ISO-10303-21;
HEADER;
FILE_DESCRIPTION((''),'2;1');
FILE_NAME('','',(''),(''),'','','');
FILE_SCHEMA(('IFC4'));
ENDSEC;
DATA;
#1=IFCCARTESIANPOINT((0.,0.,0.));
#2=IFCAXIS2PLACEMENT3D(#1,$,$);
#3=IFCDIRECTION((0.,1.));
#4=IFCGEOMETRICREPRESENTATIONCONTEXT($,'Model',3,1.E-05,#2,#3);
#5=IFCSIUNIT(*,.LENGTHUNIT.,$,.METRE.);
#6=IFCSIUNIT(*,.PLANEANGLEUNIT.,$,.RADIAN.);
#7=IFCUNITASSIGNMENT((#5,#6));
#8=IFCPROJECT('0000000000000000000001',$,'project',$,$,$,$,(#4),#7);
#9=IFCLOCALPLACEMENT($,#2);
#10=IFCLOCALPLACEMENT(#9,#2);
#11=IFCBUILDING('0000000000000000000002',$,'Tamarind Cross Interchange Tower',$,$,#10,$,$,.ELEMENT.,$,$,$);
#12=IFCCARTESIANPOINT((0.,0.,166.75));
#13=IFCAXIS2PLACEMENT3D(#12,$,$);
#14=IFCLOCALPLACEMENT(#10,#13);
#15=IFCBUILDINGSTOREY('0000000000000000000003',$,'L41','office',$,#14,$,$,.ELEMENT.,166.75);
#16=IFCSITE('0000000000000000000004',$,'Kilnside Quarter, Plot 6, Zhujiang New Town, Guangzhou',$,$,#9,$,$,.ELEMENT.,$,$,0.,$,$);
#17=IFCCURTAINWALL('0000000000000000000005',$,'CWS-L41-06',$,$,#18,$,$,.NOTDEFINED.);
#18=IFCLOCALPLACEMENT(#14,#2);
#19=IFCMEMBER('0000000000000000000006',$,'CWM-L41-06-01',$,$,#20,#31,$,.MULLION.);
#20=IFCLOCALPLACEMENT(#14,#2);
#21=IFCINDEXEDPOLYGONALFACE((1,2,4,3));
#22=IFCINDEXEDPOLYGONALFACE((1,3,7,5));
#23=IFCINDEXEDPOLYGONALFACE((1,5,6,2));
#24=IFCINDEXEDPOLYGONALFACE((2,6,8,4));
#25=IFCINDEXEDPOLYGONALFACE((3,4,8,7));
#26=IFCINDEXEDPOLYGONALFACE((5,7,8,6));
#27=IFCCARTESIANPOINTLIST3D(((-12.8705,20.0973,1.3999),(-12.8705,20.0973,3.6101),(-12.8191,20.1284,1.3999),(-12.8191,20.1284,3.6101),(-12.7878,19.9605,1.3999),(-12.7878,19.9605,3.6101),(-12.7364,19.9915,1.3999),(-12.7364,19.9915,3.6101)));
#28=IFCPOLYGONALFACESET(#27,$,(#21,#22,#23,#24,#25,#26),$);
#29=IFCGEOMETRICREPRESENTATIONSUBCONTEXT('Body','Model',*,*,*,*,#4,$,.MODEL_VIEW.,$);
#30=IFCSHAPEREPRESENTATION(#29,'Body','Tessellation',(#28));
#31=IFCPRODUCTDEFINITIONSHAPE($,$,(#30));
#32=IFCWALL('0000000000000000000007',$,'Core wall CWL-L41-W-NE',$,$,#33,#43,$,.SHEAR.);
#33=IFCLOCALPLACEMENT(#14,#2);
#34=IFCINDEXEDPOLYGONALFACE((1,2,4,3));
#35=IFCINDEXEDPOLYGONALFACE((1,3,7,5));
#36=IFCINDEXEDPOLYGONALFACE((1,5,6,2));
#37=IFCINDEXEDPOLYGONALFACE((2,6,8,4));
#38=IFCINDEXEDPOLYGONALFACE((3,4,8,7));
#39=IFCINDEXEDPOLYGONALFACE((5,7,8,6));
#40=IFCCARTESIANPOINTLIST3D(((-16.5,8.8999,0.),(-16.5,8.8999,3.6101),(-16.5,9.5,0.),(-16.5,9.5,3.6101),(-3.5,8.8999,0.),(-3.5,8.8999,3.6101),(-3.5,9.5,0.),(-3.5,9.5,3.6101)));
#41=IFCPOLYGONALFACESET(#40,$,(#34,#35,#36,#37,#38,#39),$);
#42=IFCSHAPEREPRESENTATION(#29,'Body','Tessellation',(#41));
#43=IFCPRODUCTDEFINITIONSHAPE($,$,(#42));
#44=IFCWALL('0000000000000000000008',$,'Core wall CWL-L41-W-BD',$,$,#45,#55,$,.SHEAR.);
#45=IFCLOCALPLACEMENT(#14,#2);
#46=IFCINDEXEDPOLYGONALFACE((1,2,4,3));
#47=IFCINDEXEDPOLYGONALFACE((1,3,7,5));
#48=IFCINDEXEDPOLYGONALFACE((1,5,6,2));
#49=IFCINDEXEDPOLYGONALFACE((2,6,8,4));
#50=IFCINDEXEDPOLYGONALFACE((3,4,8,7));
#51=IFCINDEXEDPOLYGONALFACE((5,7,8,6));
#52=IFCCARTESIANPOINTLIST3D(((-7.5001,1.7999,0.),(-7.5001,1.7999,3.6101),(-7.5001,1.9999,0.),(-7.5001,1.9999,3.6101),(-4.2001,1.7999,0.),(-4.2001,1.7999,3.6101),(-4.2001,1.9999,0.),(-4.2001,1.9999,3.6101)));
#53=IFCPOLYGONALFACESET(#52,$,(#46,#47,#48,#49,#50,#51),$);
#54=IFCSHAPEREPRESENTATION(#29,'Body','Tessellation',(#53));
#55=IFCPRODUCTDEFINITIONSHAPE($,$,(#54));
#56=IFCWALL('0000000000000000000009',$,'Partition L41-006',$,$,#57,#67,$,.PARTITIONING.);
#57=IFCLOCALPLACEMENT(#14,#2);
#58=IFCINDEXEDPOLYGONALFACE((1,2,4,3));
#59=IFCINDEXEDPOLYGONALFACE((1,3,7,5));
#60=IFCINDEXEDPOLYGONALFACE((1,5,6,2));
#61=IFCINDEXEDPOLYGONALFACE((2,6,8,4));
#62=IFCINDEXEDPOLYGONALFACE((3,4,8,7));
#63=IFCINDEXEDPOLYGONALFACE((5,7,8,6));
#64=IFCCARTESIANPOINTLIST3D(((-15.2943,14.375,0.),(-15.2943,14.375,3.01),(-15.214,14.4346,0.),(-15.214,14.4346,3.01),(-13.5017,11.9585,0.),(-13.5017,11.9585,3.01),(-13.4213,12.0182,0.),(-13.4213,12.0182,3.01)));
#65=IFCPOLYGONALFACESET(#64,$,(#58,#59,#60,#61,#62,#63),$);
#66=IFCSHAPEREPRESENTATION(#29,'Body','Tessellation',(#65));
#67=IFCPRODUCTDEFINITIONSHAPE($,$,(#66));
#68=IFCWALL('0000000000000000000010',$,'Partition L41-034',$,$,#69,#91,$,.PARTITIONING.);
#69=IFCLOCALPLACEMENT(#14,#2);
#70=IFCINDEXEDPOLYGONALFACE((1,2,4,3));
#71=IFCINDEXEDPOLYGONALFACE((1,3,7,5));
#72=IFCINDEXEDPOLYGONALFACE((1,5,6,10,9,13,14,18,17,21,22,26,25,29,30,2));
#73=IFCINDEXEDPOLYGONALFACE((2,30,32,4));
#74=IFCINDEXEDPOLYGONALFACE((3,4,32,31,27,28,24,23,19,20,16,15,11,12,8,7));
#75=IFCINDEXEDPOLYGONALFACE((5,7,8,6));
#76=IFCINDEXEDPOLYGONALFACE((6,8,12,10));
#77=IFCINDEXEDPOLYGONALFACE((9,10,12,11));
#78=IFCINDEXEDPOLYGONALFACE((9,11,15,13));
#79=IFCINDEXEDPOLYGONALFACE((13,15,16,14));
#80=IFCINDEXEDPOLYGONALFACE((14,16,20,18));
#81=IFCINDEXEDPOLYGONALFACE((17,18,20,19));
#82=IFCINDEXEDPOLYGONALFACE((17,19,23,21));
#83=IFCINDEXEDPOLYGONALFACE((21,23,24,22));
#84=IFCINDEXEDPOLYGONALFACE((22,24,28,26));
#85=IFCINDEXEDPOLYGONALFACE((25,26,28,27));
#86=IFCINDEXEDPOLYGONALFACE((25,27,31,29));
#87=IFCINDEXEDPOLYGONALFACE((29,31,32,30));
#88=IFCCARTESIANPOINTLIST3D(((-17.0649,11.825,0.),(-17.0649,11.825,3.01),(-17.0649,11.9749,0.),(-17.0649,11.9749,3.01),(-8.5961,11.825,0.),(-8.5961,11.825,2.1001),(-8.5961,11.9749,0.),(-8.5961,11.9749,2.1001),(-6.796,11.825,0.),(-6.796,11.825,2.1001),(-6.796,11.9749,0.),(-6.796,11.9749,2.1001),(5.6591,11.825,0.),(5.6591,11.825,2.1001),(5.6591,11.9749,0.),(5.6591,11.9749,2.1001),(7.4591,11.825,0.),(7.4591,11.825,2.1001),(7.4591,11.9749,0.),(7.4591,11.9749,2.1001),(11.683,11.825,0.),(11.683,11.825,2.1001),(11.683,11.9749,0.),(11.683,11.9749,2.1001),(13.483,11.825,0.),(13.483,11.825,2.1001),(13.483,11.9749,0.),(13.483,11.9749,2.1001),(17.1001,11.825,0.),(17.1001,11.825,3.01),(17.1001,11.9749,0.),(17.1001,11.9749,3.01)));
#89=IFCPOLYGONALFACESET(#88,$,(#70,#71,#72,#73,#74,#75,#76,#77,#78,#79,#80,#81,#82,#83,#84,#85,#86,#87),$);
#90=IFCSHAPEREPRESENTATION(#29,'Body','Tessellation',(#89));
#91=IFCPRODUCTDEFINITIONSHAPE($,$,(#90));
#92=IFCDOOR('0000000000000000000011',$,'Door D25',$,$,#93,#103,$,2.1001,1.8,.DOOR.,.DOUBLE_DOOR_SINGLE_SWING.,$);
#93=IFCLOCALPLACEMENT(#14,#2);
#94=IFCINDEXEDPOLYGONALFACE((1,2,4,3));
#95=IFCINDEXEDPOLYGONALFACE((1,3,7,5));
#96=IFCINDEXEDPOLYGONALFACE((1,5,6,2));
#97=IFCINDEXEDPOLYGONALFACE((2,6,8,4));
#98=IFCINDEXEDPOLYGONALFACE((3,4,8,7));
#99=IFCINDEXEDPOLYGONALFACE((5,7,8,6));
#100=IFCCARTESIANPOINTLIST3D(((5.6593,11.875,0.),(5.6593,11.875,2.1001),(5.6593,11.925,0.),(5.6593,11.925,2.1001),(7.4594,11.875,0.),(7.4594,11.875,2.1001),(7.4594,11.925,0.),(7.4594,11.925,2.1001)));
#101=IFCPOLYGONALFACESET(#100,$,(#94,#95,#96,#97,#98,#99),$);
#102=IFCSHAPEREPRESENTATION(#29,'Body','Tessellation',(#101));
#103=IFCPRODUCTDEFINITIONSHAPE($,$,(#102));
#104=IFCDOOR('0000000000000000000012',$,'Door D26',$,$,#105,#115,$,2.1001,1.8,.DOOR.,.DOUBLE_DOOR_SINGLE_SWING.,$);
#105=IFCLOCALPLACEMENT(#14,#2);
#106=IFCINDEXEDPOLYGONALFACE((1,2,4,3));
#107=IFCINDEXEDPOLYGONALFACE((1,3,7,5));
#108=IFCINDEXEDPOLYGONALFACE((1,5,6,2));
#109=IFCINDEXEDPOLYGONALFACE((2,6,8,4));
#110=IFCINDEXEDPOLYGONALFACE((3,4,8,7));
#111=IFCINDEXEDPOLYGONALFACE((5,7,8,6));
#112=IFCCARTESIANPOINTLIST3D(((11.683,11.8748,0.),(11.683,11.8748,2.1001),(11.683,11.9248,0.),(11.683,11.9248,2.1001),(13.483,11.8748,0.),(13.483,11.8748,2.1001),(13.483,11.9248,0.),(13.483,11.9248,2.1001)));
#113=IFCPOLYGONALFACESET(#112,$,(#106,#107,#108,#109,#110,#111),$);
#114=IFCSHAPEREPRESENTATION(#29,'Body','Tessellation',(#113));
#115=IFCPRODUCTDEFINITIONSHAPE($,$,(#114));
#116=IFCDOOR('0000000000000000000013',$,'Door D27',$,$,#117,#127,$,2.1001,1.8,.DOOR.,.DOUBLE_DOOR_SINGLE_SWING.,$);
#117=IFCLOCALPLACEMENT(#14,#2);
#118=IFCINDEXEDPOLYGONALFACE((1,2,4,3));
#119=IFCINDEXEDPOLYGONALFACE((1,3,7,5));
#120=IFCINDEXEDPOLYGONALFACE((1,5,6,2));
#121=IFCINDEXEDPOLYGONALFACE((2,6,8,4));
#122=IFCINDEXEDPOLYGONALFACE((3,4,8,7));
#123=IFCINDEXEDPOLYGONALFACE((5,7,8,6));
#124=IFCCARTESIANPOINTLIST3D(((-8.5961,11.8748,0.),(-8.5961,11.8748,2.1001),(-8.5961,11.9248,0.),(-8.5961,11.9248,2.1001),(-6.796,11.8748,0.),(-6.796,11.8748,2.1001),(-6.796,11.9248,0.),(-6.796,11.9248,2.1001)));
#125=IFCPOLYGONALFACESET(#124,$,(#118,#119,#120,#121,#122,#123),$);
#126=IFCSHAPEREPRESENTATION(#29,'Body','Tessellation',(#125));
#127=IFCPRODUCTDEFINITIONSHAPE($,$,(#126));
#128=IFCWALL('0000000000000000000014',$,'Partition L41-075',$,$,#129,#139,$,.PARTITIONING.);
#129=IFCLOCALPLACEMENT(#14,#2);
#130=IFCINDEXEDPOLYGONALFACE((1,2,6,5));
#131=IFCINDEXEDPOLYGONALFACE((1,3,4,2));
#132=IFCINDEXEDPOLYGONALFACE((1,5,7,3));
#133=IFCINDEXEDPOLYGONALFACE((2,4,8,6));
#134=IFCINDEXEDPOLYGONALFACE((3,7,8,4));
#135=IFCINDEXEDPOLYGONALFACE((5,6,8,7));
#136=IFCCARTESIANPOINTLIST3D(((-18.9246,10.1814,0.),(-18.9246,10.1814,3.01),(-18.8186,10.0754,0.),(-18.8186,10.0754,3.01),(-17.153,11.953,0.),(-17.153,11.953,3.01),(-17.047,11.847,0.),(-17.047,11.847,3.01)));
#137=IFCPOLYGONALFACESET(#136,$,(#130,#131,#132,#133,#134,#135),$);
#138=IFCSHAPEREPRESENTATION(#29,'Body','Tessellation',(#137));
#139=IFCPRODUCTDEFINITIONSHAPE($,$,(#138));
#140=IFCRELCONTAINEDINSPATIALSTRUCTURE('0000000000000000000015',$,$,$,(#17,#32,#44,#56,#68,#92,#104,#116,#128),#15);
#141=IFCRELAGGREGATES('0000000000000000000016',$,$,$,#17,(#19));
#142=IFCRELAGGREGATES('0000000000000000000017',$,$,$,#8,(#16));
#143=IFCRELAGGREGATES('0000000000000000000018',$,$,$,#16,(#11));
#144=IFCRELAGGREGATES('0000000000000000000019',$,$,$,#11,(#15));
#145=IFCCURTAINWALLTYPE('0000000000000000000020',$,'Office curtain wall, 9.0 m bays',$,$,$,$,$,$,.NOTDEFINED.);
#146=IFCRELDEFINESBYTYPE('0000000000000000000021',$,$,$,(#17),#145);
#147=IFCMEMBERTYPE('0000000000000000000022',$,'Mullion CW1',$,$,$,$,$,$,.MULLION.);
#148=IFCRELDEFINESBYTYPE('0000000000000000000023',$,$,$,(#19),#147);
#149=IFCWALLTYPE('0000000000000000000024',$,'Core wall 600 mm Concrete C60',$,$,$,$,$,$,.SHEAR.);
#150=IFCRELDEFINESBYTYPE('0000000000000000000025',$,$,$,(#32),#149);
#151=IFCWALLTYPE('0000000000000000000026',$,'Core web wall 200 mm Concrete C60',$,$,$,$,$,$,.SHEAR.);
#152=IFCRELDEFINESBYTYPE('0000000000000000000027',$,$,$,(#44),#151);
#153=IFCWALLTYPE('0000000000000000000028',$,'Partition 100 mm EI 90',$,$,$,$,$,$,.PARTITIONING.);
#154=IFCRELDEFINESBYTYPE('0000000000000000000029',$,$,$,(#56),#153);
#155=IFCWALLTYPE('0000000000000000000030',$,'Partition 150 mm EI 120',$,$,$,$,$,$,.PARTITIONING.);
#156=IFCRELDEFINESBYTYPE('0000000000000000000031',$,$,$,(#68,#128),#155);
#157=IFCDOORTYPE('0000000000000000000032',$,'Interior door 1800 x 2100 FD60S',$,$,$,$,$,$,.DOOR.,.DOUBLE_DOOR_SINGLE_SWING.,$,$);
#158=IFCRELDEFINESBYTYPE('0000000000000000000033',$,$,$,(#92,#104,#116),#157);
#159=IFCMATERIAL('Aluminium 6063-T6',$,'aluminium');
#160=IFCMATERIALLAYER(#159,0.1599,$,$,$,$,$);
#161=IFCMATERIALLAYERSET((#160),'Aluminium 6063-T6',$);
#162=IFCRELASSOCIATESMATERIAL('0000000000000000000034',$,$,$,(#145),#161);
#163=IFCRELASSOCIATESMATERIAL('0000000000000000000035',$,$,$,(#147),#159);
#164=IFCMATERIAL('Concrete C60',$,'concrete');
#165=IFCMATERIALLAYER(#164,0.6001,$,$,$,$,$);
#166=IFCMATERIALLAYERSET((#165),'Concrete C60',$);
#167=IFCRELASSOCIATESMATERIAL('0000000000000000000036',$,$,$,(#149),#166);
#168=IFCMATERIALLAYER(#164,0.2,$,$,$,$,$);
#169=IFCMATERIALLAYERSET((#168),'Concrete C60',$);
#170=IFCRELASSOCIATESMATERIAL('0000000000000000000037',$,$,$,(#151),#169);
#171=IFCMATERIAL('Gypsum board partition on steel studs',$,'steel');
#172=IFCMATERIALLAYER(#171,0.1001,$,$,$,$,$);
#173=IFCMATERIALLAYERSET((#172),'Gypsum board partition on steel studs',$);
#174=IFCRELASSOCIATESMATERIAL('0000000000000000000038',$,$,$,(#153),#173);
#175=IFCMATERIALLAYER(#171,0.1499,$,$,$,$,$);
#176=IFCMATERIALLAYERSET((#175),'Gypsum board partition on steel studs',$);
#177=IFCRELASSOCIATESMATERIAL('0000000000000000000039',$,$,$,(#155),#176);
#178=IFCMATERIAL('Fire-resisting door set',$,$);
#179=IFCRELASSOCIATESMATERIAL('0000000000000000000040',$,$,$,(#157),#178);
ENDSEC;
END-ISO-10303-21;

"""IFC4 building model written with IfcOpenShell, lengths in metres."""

from ifc_helpers import new_model, si_unit, direction, frame, frame_2d, origin, origin_2d, place, context, subcontext, project, spatial, rectangle, extrude, material, layer, layer_set, material_profile, profile_set, type_object, element, fill, aggregate, save


model = new_model("IFC4")

# Units and contexts
model_context = context("Model", 3, precision=1e-05, world=origin(), true_north=direction((0.0, 1.0)))
body_context = subcontext(model_context, "Body", "Model", "MODEL_VIEW")
ifc_project = project(units=[si_unit("LENGTHUNIT", "METRE"), si_unit("PLANEANGLEUNIT", "RADIAN")], contexts=[model_context])

# Site, building, storey
site_placement = place(None, origin())
site = spatial("IfcSite", under=ifc_project, at=site_placement, Name="Kilnside Quarter, Plot 6, Zhujiang New Town, Guangzhou", CompositionType="ELEMENT", RefElevation=0.0)
building_placement = place(site_placement, origin())
building = spatial("IfcBuilding", under=site, at=building_placement, Name="Tamarind Cross Interchange Tower", CompositionType="ELEMENT")
storey_placement = place(building_placement, frame((0.0, 0.0, 166.75)))
storey = spatial("IfcBuildingStorey", under=building, at=storey_placement, Name="L41", Description="office", CompositionType="ELEMENT", Elevation=166.75)

# Shared definitions
ifc_material_1 = material(Name="Concrete C60", Category="concrete")

# Curtain wall, member
ifc_material_2 = material(Name="Aluminium 6063-T6", Category="aluminium")
ifc_layer_1 = layer(ifc_material_2, 0.1599)
ifc_layer_set_1 = layer_set([ifc_layer_1], Name="Aluminium 6063-T6")
curtain_wall_type = type_object("IfcCurtainWallType", Name="Office curtain wall, 9.0 m bays", PredefinedType="NOTDEFINED", material=ifc_layer_set_1)
curtain_wall_placement = place(storey_placement, origin())
curtain_wall = element("IfcCurtainWall", 1, at=curtain_wall_placement, inside=storey, type_object=curtain_wall_type, Name="CWS-L41-06", PredefinedType="NOTDEFINED")
ifc_material_profile_1 = material_profile(ifc_material_2, rectangle(XDim=0.0601, YDim=0.1599, at=origin_2d()), Name="Mullion CW1")
ifc_profile_set_1 = profile_set([ifc_material_profile_1], Name="Aluminium 6063-T6")
member_type = type_object("IfcMemberType", Name="Mullion CW1", PredefinedType="MULLION", material=ifc_profile_set_1)
member_placement = place(storey_placement, frame((-12.8035, 20.0444, 1.3999), z_axis=(0.0, 0.0, 1.0), x_axis=(-0.855796, -0.517314, 0.0)))
member = element("IfcMember", 2, at=member_placement, type_object=member_type, Name="CWM-L41-06-01", PredefinedType="MULLION", context=body_context, shape_type="SweptSolid", body=[
    extrude(rectangle(XDim=0.0601, YDim=0.1599, at=origin_2d()), origin(), (0.0, 0.0, 1.0), 2.2102),
])
aggregate(curtain_wall, [member])

# Walls
ifc_layer_2 = layer(ifc_material_1, 0.6001)
ifc_layer_set_2 = layer_set([ifc_layer_2], Name="Concrete C60")
wall_type_1 = type_object("IfcWallType", Name="Core wall 600 mm Concrete C60", PredefinedType="SHEAR", material=ifc_layer_set_2)
wall_1_placement = place(storey_placement, frame((-16.5, 9.2, 0.0), z_axis=(0.0, 0.0, 1.0), x_axis=(1.0, 0.0, 0.0)))
element("IfcWall", 3, at=wall_1_placement, inside=storey, type_object=wall_type_1, Name="Core wall CWL-L41-W-NE", PredefinedType="SHEAR", context=body_context, shape_type="SweptSolid", body=[
    extrude(rectangle(XDim=13.0, YDim=0.6001, at=frame_2d((6.5, 0.0))), origin(), (0.0, 0.0, 1.0), 3.6101),
])
ifc_layer_3 = layer(ifc_material_1, 0.2)
ifc_layer_set_3 = layer_set([ifc_layer_3], Name="Concrete C60")
wall_type_2 = type_object("IfcWallType", Name="Core web wall 200 mm Concrete C60", PredefinedType="SHEAR", material=ifc_layer_set_3)
wall_2_placement = place(storey_placement, frame((-7.5, 1.8999, 0.0), z_axis=(0.0, 0.0, 1.0), x_axis=(1.0, 0.0, 0.0)))
element("IfcWall", 4, at=wall_2_placement, inside=storey, type_object=wall_type_2, Name="Core wall CWL-L41-W-BD", PredefinedType="SHEAR", context=body_context, shape_type="SweptSolid", body=[
    extrude(rectangle(XDim=3.3, YDim=0.2, at=frame_2d((1.6499, 0.0))), origin(), (0.0, 0.0, 1.0), 3.6101),
])
ifc_material_3 = material(Name="Gypsum board partition on steel studs", Category="steel")
ifc_layer_4 = layer(ifc_material_3, 0.1001)
ifc_layer_set_4 = layer_set([ifc_layer_4], Name="Gypsum board partition on steel studs")
wall_type_3 = type_object("IfcWallType", Name="Partition 100 mm EI 90", PredefinedType="PARTITIONING", material=ifc_layer_set_4)
wall_3_placement = place(storey_placement, frame((-15.2542, 14.4048, 0.0), z_axis=(0.0, 0.0, 1.0), x_axis=(0.595811, -0.803124, 0.0)))
element("IfcWall", 5, at=wall_3_placement, inside=storey, type_object=wall_type_3, Name="Partition L41-006", PredefinedType="PARTITIONING", context=body_context, shape_type="SweptSolid", body=[
    extrude(rectangle(XDim=3.0088, YDim=0.1001, at=frame_2d((1.5044, 0.0))), origin(), (0.0, 0.0, 1.0), 3.01),
])

# Wall, openings, doors
ifc_layer_5 = layer(ifc_material_3, 0.1499)
ifc_layer_set_5 = layer_set([ifc_layer_5], Name="Gypsum board partition on steel studs")
wall_type_4 = type_object("IfcWallType", Name="Partition 150 mm EI 120", PredefinedType="PARTITIONING", material=ifc_layer_set_5)
wall_4_placement = place(storey_placement, frame((-17.0649, 11.8999, 0.0), z_axis=(0.0, 0.0, 1.0), x_axis=(1.0, 0.0, 0.0)))
wall_4 = element("IfcWall", 6, at=wall_4_placement, inside=storey, type_object=wall_type_4, Name="Partition L41-034", PredefinedType="PARTITIONING", context=body_context, shape_type="SweptSolid", body=[
    extrude(rectangle(XDim=34.165, YDim=0.1499, at=frame_2d((17.0825, 0.0))), origin(), (0.0, 0.0, 1.0), 3.01),
])
opening_1_placement = place(wall_4_placement, frame((22.7241, 0.0, 0.0)))
opening_1 = element("IfcOpeningElement", 7, at=opening_1_placement, cuts=wall_4, PredefinedType="OPENING", context=body_context, shape_type="SweptSolid", body=[
    extrude(rectangle(XDim=1.8, YDim=2.1001, at=frame_2d((0.8999, 1.05))), frame((0.0, 0.085, 0.0), z_axis=(0.0, -1.0, 0.0), x_axis=(1.0, 0.0, 0.0)), (0.0, 0.0, 1.0), 0.1699),
])
opening_2_placement = place(wall_4_placement, frame((28.748, 0.0, 0.0)))
opening_2 = element("IfcOpeningElement", 8, at=opening_2_placement, cuts=wall_4, PredefinedType="OPENING", context=body_context, shape_type="SweptSolid", body=[
    extrude(rectangle(XDim=1.8, YDim=2.1001, at=frame_2d((0.8999, 1.05))), frame((0.0, 0.085, 0.0), z_axis=(0.0, -1.0, 0.0), x_axis=(1.0, 0.0, 0.0)), (0.0, 0.0, 1.0), 0.1699),
])
opening_3_placement = place(wall_4_placement, frame((8.469, 0.0, 0.0)))
opening_3 = element("IfcOpeningElement", 9, at=opening_3_placement, cuts=wall_4, PredefinedType="OPENING", context=body_context, shape_type="SweptSolid", body=[
    extrude(rectangle(XDim=1.8, YDim=2.1001, at=frame_2d((0.8999, 1.05))), frame((0.0, 0.085, 0.0), z_axis=(0.0, -1.0, 0.0), x_axis=(1.0, 0.0, 0.0)), (0.0, 0.0, 1.0), 0.1699),
])
ifc_material_4 = material(Name="Fire-resisting door set")
door_type_1 = type_object("IfcDoorType", Name="Interior door 1800 x 2100 FD60S", OperationType="DOUBLE_DOOR_SINGLE_SWING", PredefinedType="DOOR", material=ifc_material_4)
door_1_placement = place(opening_1_placement, frame((1.8, 0.0, 0.0), z_axis=(0.0, 0.0, 1.0), x_axis=(-1.0, 0.0, 0.0)))
door_1 = element("IfcDoor", 10, at=door_1_placement, inside=storey, type_object=door_type_1, Name="Door D25", OperationType="DOUBLE_DOOR_SINGLE_SWING", OverallHeight=2.1001, OverallWidth=1.8, PredefinedType="DOOR", context=body_context, shape_type="SweptSolid", body=[
    extrude(rectangle(XDim=1.8, YDim=2.1001, at=frame_2d((0.8999, 1.05))), frame((0.0, 0.0249, 0.0), z_axis=(0.0, -1.0, 0.0), x_axis=(1.0, 0.0, 0.0)), (0.0, 0.0, 1.0), 0.05),
])
fill(opening_1, door_1)
door_2_placement = place(opening_2_placement, origin())
door_2 = element("IfcDoor", 11, at=door_2_placement, inside=storey, type_object=door_type_1, Name="Door D26", OperationType="DOUBLE_DOOR_SINGLE_SWING", OverallHeight=2.1001, OverallWidth=1.8, PredefinedType="DOOR", context=body_context, shape_type="SweptSolid", body=[
    extrude(rectangle(XDim=1.8, YDim=2.1001, at=frame_2d((0.8999, 1.05))), frame((0.0, 0.0249, 0.0), z_axis=(0.0, -1.0, 0.0), x_axis=(1.0, 0.0, 0.0)), (0.0, 0.0, 1.0), 0.05),
])
fill(opening_2, door_2)
door_3_placement = place(opening_3_placement, origin())
door_3 = element("IfcDoor", 12, at=door_3_placement, inside=storey, type_object=door_type_1, Name="Door D27", OperationType="DOUBLE_DOOR_SINGLE_SWING", OverallHeight=2.1001, OverallWidth=1.8, PredefinedType="DOOR", context=body_context, shape_type="SweptSolid", body=[
    extrude(rectangle(XDim=1.8, YDim=2.1001, at=frame_2d((0.8999, 1.05))), frame((0.0, 0.0249, 0.0), z_axis=(0.0, -1.0, 0.0), x_axis=(1.0, 0.0, 0.0)), (0.0, 0.0, 1.0), 0.05),
])
fill(opening_3, door_3)

# Wall
wall_5_placement = place(storey_placement, frame((-18.8716, 10.1284, 0.0), z_axis=(0.0, 0.0, 1.0), x_axis=(0.707107, 0.707107, 0.0)))
element("IfcWall", 13, at=wall_5_placement, inside=storey, type_object=wall_type_4, Name="Partition L41-075", PredefinedType="PARTITIONING", context=body_context, shape_type="SweptSolid", body=[
    extrude(rectangle(XDim=2.5054, YDim=0.1499, at=frame_2d((1.2527, 0.0))), origin(), (0.0, 0.0, 1.0), 3.01),
])

save(model, "model.ifc")
